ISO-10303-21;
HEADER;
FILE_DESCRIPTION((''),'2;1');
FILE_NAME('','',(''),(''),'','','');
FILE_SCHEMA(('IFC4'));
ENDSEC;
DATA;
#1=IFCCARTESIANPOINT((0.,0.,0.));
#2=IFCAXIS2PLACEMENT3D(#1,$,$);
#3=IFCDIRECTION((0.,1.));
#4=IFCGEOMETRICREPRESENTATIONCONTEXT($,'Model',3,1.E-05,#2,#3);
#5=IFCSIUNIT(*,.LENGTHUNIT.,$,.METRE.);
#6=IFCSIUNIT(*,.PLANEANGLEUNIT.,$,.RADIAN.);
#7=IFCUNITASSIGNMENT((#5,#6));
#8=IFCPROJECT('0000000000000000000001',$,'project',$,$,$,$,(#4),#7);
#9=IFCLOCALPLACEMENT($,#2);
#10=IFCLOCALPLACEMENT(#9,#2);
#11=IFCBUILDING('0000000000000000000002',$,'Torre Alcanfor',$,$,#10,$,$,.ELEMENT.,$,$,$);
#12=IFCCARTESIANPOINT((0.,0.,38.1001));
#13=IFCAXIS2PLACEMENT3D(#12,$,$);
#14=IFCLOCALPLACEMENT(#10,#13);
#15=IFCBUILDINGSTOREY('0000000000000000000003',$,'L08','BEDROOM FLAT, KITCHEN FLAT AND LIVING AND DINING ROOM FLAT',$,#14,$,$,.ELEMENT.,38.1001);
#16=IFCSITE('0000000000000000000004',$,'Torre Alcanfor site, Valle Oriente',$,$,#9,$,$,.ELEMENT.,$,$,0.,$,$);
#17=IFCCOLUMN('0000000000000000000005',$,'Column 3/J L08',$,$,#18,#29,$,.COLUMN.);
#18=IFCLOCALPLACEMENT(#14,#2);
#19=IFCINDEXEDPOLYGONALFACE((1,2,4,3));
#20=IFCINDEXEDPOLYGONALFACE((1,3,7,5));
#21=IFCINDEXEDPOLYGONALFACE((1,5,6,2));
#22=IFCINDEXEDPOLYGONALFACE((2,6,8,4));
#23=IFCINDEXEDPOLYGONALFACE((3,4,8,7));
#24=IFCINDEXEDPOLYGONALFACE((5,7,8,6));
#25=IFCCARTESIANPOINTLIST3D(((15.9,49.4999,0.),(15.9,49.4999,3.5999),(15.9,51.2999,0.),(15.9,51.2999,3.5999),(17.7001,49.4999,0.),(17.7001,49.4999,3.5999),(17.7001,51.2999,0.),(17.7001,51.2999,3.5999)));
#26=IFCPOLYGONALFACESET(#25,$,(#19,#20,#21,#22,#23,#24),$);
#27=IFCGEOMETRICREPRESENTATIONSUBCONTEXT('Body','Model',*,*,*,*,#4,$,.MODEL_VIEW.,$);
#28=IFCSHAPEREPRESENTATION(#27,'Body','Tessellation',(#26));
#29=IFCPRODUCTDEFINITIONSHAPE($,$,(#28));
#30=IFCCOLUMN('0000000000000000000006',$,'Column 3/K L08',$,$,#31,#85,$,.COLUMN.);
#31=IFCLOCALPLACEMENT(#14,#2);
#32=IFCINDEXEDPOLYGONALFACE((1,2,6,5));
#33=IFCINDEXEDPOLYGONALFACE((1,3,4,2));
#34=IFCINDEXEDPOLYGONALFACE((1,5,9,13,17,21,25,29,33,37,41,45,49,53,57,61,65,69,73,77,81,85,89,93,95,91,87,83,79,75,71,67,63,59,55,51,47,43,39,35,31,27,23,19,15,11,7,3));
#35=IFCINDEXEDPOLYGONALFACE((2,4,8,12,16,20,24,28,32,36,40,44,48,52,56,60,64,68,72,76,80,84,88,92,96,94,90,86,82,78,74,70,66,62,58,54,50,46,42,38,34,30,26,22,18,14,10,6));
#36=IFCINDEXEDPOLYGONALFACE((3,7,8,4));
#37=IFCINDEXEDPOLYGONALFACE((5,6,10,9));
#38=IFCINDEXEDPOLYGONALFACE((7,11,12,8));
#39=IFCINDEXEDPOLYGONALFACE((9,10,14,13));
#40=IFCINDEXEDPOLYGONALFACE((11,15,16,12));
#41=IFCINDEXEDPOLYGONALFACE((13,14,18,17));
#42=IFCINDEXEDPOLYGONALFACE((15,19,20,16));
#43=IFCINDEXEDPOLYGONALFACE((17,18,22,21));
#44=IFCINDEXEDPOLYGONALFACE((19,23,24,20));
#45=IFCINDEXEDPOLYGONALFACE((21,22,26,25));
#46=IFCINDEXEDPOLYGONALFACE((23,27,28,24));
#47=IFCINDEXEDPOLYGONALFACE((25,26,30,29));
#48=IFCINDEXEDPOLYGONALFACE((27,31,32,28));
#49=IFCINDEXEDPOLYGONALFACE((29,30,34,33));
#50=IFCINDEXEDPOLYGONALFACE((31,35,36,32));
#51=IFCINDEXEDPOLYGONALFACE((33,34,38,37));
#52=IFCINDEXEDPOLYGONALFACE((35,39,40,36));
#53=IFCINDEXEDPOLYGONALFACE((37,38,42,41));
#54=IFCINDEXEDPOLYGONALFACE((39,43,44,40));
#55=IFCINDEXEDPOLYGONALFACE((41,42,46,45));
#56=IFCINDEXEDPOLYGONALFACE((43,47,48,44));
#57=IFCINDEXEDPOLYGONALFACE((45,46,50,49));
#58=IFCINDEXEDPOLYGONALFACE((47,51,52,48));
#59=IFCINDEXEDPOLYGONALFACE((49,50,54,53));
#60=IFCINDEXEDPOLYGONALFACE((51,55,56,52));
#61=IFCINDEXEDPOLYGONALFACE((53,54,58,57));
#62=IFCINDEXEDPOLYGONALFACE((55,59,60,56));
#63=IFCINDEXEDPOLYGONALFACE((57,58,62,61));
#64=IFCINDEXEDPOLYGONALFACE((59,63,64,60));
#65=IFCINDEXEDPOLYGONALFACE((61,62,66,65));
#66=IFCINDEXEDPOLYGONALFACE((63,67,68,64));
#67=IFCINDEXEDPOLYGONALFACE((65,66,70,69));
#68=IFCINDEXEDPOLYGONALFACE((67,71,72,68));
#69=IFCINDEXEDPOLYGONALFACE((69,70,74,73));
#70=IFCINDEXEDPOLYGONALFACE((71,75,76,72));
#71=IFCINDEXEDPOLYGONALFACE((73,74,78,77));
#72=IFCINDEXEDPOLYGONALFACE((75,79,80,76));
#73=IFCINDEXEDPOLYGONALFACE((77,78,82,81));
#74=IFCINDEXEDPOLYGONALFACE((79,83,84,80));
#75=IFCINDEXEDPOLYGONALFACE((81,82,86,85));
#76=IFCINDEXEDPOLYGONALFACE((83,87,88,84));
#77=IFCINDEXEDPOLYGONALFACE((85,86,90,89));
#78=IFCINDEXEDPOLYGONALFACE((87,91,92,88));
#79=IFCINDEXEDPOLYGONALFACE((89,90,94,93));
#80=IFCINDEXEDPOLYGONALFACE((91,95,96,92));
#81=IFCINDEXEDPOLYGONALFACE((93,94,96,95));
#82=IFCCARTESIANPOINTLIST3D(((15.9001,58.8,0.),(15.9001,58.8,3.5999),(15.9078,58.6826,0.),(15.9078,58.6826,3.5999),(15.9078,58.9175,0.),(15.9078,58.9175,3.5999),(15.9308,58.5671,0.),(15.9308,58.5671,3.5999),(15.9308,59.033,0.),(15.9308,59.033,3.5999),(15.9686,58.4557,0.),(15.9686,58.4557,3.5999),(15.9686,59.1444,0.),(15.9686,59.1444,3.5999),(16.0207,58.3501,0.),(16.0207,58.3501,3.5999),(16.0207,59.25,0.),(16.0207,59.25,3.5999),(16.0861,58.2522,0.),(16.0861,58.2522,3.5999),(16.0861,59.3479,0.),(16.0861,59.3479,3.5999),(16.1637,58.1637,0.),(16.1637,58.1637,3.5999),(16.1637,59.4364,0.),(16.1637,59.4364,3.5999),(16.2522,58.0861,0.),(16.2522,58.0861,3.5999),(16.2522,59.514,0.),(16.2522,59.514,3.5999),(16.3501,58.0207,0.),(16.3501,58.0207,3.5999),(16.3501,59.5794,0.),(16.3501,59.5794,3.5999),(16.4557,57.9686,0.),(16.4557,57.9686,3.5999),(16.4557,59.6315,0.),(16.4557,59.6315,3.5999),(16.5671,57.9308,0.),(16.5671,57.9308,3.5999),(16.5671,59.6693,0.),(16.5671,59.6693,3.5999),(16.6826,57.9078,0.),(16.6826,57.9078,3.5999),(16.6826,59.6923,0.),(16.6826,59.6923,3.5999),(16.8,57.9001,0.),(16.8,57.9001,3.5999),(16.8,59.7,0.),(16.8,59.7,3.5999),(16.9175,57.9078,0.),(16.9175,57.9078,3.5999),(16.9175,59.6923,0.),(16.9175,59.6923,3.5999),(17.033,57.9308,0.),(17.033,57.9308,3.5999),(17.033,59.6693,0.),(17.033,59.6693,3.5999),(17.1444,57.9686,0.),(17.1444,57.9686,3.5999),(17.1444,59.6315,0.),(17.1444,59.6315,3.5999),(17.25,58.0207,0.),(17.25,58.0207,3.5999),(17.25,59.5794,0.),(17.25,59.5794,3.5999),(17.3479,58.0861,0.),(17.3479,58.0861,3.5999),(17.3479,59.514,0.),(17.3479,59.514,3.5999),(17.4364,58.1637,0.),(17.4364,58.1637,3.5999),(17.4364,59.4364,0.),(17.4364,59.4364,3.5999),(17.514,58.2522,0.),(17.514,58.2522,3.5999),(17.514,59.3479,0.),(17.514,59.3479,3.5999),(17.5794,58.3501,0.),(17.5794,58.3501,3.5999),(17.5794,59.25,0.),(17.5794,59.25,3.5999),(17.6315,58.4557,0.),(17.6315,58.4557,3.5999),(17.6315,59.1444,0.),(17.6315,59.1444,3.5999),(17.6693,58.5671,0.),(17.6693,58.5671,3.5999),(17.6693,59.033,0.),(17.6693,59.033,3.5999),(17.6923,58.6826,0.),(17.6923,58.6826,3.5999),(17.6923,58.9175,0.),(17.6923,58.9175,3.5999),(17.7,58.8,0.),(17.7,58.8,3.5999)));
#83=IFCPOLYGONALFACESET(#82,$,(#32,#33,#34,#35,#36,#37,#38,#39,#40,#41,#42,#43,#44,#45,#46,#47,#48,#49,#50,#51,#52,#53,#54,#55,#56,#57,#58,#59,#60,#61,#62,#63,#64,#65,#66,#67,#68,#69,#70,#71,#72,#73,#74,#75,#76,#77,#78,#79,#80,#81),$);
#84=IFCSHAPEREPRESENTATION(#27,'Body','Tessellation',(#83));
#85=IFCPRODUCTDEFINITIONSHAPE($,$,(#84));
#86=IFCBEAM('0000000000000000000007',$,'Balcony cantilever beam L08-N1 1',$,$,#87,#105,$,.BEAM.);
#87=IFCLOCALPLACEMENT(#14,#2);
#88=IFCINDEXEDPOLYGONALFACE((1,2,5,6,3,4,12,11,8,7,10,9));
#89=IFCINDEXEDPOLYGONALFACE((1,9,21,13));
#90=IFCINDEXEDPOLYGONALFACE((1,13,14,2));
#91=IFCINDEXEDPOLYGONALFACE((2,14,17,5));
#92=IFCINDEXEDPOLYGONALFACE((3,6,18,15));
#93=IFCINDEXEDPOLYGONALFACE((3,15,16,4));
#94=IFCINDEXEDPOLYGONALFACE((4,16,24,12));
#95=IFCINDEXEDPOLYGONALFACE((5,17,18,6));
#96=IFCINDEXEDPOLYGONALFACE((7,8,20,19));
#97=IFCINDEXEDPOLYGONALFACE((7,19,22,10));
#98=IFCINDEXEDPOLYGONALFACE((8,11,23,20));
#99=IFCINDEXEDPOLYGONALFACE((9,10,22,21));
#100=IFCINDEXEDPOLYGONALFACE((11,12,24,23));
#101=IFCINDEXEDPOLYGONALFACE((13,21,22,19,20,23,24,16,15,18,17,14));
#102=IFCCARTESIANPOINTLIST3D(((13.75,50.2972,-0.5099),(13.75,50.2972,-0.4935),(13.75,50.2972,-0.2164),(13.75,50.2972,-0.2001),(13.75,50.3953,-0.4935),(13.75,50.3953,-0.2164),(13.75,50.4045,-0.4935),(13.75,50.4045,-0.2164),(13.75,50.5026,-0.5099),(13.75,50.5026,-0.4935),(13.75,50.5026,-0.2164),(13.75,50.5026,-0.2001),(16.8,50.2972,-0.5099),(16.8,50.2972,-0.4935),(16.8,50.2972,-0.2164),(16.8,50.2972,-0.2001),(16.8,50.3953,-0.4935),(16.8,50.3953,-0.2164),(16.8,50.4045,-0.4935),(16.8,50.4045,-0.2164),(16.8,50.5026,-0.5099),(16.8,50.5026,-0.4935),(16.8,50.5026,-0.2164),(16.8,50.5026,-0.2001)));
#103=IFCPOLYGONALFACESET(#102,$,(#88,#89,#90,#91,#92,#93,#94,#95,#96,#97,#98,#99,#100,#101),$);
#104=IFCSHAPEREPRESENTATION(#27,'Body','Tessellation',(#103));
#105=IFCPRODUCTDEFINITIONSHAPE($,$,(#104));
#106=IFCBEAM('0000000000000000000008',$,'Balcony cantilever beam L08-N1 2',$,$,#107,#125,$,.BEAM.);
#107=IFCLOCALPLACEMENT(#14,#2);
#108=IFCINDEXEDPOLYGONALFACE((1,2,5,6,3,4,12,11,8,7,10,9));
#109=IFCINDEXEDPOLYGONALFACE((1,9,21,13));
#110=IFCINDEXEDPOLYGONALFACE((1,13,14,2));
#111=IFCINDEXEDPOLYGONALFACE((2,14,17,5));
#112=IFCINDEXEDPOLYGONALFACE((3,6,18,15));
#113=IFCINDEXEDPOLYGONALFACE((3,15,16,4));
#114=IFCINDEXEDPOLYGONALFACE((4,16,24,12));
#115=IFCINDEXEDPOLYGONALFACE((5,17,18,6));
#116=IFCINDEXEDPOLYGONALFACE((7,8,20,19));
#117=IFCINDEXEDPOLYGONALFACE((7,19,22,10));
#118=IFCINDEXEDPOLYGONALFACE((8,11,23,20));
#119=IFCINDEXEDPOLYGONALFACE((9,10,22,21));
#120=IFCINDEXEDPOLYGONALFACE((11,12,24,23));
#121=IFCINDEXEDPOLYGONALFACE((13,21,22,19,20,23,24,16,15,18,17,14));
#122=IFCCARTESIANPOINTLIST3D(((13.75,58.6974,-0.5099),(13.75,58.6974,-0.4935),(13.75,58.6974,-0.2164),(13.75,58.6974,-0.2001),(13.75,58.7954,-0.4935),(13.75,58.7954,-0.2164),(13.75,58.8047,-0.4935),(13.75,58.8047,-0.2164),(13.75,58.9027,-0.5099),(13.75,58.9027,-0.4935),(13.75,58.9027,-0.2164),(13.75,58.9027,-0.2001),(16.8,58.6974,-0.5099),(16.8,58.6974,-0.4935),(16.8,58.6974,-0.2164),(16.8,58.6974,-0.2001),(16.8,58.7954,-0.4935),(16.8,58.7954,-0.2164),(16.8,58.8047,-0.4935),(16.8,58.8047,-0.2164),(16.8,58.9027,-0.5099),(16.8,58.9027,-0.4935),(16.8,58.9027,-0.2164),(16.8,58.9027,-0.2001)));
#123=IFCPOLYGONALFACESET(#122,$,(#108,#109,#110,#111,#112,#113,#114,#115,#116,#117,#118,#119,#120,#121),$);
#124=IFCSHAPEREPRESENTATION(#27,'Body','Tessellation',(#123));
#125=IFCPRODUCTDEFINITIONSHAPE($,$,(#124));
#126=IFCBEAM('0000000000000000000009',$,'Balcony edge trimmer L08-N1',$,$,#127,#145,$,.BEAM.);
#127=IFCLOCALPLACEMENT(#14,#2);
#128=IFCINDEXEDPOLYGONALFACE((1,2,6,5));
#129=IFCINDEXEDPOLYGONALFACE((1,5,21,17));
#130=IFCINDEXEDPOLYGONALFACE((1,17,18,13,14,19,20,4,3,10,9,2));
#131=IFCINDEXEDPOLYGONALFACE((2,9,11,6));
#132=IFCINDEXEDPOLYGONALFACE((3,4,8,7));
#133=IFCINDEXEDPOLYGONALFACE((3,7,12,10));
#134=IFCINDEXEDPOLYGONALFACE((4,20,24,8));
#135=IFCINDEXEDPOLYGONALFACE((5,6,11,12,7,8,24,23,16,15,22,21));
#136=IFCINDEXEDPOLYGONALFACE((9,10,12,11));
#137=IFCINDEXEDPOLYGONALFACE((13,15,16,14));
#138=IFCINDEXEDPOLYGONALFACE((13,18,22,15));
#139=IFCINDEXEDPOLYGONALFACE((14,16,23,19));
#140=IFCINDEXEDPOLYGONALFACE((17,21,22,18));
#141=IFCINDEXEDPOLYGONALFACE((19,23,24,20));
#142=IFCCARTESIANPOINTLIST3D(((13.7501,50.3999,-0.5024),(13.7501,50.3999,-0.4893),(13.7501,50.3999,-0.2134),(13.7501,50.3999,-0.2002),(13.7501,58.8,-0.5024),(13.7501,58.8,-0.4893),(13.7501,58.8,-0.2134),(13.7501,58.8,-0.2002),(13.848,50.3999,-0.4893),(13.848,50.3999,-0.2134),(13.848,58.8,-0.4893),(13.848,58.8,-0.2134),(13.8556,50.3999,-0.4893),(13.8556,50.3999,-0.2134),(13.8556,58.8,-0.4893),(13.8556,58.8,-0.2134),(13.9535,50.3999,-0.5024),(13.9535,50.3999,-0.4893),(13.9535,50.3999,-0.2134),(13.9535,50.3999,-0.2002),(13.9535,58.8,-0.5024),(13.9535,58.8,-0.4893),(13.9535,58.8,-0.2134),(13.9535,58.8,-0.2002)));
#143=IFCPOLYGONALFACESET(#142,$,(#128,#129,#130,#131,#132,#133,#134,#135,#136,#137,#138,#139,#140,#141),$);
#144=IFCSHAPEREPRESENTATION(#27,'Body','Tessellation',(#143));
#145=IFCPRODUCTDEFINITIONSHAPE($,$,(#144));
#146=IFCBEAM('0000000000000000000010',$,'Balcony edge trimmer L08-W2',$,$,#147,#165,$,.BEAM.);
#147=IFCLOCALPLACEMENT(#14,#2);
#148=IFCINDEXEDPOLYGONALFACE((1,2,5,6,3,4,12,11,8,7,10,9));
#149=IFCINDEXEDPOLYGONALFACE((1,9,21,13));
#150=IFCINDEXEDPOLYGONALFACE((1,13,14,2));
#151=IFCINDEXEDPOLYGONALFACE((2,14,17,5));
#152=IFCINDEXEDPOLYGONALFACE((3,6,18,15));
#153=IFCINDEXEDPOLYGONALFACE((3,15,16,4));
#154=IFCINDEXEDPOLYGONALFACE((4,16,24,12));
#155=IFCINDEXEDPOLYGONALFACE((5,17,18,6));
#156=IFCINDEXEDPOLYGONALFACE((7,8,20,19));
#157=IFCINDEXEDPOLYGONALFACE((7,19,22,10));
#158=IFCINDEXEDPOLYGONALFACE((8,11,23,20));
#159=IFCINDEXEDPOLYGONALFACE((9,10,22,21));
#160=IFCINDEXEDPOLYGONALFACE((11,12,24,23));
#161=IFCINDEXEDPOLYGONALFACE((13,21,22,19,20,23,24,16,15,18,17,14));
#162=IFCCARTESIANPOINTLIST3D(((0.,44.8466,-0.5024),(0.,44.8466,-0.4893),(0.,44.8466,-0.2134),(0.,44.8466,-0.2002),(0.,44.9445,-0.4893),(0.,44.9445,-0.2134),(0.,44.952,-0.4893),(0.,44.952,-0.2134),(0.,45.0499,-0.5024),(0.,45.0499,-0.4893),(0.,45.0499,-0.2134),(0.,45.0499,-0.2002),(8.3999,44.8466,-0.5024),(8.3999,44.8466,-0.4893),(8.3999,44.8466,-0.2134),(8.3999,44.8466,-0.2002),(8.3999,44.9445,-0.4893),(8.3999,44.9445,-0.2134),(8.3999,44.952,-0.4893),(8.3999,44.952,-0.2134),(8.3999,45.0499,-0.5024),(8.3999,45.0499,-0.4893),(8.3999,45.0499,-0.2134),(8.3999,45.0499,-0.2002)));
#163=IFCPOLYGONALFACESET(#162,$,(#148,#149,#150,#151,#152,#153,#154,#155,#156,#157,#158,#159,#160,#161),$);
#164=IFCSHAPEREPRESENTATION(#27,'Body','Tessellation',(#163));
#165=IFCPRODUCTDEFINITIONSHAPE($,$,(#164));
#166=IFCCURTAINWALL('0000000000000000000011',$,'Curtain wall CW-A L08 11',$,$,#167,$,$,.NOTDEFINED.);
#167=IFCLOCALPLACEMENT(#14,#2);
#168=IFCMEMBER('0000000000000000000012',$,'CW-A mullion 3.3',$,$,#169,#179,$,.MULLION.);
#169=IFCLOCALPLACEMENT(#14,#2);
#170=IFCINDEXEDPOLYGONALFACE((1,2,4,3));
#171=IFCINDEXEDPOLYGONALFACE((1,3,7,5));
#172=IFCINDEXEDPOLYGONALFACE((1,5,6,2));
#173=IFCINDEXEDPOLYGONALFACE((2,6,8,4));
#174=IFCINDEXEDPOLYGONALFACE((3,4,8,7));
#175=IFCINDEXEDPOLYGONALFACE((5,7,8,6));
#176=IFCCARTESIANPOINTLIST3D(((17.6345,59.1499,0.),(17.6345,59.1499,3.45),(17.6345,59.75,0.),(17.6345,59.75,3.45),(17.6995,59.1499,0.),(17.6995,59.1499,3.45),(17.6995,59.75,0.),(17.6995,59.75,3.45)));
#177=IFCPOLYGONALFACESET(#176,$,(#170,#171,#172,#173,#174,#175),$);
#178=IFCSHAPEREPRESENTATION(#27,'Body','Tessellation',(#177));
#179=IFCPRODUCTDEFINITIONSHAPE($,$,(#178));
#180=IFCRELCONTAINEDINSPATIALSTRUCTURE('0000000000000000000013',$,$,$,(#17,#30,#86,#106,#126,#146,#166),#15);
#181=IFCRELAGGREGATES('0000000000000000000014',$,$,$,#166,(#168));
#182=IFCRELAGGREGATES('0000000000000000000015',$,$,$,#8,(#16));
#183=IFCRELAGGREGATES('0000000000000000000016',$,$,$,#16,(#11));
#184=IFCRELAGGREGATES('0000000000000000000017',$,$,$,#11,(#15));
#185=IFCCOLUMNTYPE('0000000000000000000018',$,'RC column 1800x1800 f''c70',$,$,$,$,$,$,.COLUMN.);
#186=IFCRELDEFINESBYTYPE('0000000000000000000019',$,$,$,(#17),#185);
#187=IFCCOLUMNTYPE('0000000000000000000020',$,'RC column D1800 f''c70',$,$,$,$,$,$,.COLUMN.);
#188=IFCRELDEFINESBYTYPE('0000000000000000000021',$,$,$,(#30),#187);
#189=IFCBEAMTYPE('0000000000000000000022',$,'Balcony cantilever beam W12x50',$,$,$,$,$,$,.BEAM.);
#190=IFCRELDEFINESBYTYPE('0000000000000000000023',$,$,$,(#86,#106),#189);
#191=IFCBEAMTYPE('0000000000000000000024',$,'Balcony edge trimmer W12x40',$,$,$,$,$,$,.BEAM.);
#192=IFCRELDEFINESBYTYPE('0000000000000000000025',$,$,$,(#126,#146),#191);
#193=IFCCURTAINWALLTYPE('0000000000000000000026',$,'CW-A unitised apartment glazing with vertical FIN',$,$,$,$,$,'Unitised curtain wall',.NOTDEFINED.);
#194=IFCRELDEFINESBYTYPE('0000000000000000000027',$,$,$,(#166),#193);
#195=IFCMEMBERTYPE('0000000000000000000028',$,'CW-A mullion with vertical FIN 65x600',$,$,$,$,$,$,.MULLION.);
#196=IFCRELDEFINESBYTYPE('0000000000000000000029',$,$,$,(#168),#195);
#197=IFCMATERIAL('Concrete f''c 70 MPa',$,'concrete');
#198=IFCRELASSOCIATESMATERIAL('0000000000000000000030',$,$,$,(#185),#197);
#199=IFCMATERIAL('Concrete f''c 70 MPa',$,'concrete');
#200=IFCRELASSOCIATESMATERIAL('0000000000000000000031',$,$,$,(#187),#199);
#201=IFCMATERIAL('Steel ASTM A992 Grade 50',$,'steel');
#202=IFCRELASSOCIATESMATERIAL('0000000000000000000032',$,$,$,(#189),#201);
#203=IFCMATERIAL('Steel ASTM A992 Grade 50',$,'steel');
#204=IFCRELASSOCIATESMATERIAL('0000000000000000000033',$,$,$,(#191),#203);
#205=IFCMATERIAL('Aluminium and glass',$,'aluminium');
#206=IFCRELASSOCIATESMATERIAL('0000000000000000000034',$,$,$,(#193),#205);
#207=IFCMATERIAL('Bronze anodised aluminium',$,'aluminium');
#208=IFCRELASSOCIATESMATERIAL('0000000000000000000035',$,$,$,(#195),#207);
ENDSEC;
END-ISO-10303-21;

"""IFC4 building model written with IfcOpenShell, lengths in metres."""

from ifc_helpers import new_model, si_unit, direction, frame, origin, origin_2d, place, context, subcontext, project, spatial, rectangle, circle, i_section, extrude, material, material_profile, profile_set, type_object, element, aggregate, save


model = new_model("IFC4")

# Units and contexts
model_context = context("Model", 3, precision=1e-05, world=origin(), true_north=direction((0.0, 1.0)))
body_context = subcontext(model_context, "Body", "Model", "MODEL_VIEW")
ifc_project = project(units=[si_unit("LENGTHUNIT", "METRE"), si_unit("PLANEANGLEUNIT", "RADIAN")], contexts=[model_context])

# Site, building, storey
site_placement = place(None, origin())
site = spatial("IfcSite", under=ifc_project, at=site_placement, Name="Torre Alcanfor site, Valle Oriente", CompositionType="ELEMENT", RefElevation=0.0)
building_placement = place(site_placement, origin())
building = spatial("IfcBuilding", under=site, at=building_placement, Name="Torre Alcanfor", CompositionType="ELEMENT")
storey_placement = place(building_placement, frame((0.0, 0.0, 38.1001)))
storey = spatial("IfcBuildingStorey", under=building, at=storey_placement, Name="L08", Description="BEDROOM FLAT, KITCHEN FLAT AND LIVING AND DINING ROOM FLAT", CompositionType="ELEMENT", Elevation=38.1001)

# Columns
ifc_material_1 = material(Name="Concrete f'c 70 MPa", Category="concrete")
ifc_material_profile_1 = material_profile(ifc_material_1, rectangle(XDim=1.8, YDim=1.8, at=origin_2d()), Name="1800x1800")
ifc_profile_set_1 = profile_set([ifc_material_profile_1], Name="Concrete f'c 70 MPa")
column_type_1 = type_object("IfcColumnType", Name="RC column 1800x1800 f'c70", PredefinedType="COLUMN", material=ifc_profile_set_1)
column_1_placement = place(storey_placement, frame((16.8, 50.3999, 0.0), z_axis=(0.0, 0.0, 1.0), x_axis=(1.0, 0.0, 0.0)))
element("IfcColumn", 1, at=column_1_placement, inside=storey, type_object=column_type_1, Name="Column 3/J L08", PredefinedType="COLUMN", context=body_context, shape_type="SweptSolid", body=[
    extrude(rectangle(XDim=1.8, YDim=1.8, at=origin_2d()), origin(), (0.0, 0.0, 1.0), 3.5999),
])
ifc_material_2 = material(Name="Concrete f'c 70 MPa", Category="concrete")
ifc_material_profile_2 = material_profile(ifc_material_2, circle(Radius=0.8999, at=origin_2d()), Name="D1800")
ifc_profile_set_2 = profile_set([ifc_material_profile_2], Name="Concrete f'c 70 MPa")
column_type_2 = type_object("IfcColumnType", Name="RC column D1800 f'c70", PredefinedType="COLUMN", material=ifc_profile_set_2)
column_2_placement = place(storey_placement, frame((16.8, 58.8, 0.0), z_axis=(0.0, 0.0, 1.0), x_axis=(1.0, 0.0, 0.0)))
element("IfcColumn", 2, at=column_2_placement, inside=storey, type_object=column_type_2, Name="Column 3/K L08", PredefinedType="COLUMN", context=body_context, shape_type="SweptSolid", body=[
    extrude(circle(Radius=0.8999, at=origin_2d()), origin(), (0.0, 0.0, 1.0), 3.5999),
])

# Beams
ifc_material_3 = material(Name="Steel ASTM A992 Grade 50", Category="steel")
ifc_material_profile_3 = material_profile(ifc_material_3, i_section(OverallWidth=0.2053, OverallDepth=0.3098, WebThickness=0.0093, FlangeThickness=0.0164, at=origin_2d()), Name="W12x50")
ifc_profile_set_3 = profile_set([ifc_material_profile_3], Name="Steel ASTM A992 Grade 50")
beam_type_1 = type_object("IfcBeamType", Name="Balcony cantilever beam W12x50", PredefinedType="BEAM", material=ifc_profile_set_3)
for number, where, z_axis, x_axis, name in (
    (3, (16.8, 50.3999, -0.355), (-1.0, 0.0, 0.0), (0.0, -1.0, 0.0), "Balcony cantilever beam L08-N1 1"),
    (4, (16.8, 58.8, -0.355), (-1.0, 0.0, 0.0), (0.0, -1.0, 0.0), "Balcony cantilever beam L08-N1 2"),
):
    element("IfcBeam", number, at=place(storey_placement, frame(where, z_axis=z_axis, x_axis=x_axis)), inside=storey, type_object=beam_type_1, Name=name, PredefinedType="BEAM", context=body_context, shape_type="SweptSolid", body=[
        extrude(i_section(OverallWidth=0.2053, OverallDepth=0.3098, WebThickness=0.0093, FlangeThickness=0.0164, at=origin_2d()), origin(), (0.0, 0.0, 1.0), 3.05),
    ])
ifc_material_4 = material(Name="Steel ASTM A992 Grade 50", Category="steel")
ifc_material_profile_4 = material_profile(ifc_material_4, i_section(OverallWidth=0.2034, OverallDepth=0.3022, WebThickness=0.0076, FlangeThickness=0.0132, at=origin_2d()), Name="W12x40")
ifc_profile_set_4 = profile_set([ifc_material_profile_4], Name="Steel ASTM A992 Grade 50")
beam_type_2 = type_object("IfcBeamType", Name="Balcony edge trimmer W12x40", PredefinedType="BEAM", material=ifc_profile_set_4)
beam_1_placement = place(storey_placement, frame((13.8518, 50.3999, -0.3513), z_axis=(0.0, 1.0, 0.0), x_axis=(-1.0, 0.0, 0.0)))
element("IfcBeam", 5, at=beam_1_placement, inside=storey, type_object=beam_type_2, Name="Balcony edge trimmer L08-N1", PredefinedType="BEAM", context=body_context, shape_type="SweptSolid", body=[
    extrude(i_section(OverallWidth=0.2034, OverallDepth=0.3022, WebThickness=0.0076, FlangeThickness=0.0132, at=origin_2d()), origin(), (0.0, 0.0, 1.0), 8.4001),
])
beam_2_placement = place(storey_placement, frame((8.3999, 44.9482, -0.3513), z_axis=(-1.0, 0.0, 0.0), x_axis=(0.0, -1.0, 0.0)))
element("IfcBeam", 6, at=beam_2_placement, inside=storey, type_object=beam_type_2, Name="Balcony edge trimmer L08-W2", PredefinedType="BEAM", context=body_context, shape_type="SweptSolid", body=[
    extrude(i_section(OverallWidth=0.2034, OverallDepth=0.3022, WebThickness=0.0076, FlangeThickness=0.0132, at=origin_2d()), origin(), (0.0, 0.0, 1.0), 8.3999),
])

# Curtain wall, member
ifc_material_5 = material(Name="Aluminium and glass", Category="aluminium")
curtain_wall_type = type_object("IfcCurtainWallType", Name="CW-A unitised apartment glazing with vertical FIN", ElementType="Unitised curtain wall", PredefinedType="NOTDEFINED", material=ifc_material_5)
curtain_wall_placement = place(storey_placement, origin())
curtain_wall = element("IfcCurtainWall", 7, at=curtain_wall_placement, inside=storey, type_object=curtain_wall_type, Name="Curtain wall CW-A L08 11", PredefinedType="NOTDEFINED")
ifc_material_6 = material(Name="Bronze anodised aluminium", Category="aluminium")
ifc_material_profile_5 = material_profile(ifc_material_6, rectangle(XDim=0.6001, YDim=0.0649, at=origin_2d()), Name="CW-A mullion 65x600")
ifc_profile_set_5 = profile_set([ifc_material_profile_5], Name="Bronze anodised aluminium")
member_type = type_object("IfcMemberType", Name="CW-A mullion with vertical FIN 65x600", PredefinedType="MULLION", material=ifc_profile_set_5)
member_placement = place(storey_placement, frame((17.667, 59.45, 0.0), z_axis=(0.0, 0.0, 1.0), x_axis=(0.0, -1.0, 0.0)))
member = element("IfcMember", 8, at=member_placement, type_object=member_type, Name="CW-A mullion 3.3", PredefinedType="MULLION", context=body_context, shape_type="SweptSolid", body=[
    extrude(rectangle(XDim=0.6001, YDim=0.0649, at=origin_2d()), origin(), (0.0, 0.0, 1.0), 3.45),
])
aggregate(curtain_wall, [member])

save(model, "model.ifc")
